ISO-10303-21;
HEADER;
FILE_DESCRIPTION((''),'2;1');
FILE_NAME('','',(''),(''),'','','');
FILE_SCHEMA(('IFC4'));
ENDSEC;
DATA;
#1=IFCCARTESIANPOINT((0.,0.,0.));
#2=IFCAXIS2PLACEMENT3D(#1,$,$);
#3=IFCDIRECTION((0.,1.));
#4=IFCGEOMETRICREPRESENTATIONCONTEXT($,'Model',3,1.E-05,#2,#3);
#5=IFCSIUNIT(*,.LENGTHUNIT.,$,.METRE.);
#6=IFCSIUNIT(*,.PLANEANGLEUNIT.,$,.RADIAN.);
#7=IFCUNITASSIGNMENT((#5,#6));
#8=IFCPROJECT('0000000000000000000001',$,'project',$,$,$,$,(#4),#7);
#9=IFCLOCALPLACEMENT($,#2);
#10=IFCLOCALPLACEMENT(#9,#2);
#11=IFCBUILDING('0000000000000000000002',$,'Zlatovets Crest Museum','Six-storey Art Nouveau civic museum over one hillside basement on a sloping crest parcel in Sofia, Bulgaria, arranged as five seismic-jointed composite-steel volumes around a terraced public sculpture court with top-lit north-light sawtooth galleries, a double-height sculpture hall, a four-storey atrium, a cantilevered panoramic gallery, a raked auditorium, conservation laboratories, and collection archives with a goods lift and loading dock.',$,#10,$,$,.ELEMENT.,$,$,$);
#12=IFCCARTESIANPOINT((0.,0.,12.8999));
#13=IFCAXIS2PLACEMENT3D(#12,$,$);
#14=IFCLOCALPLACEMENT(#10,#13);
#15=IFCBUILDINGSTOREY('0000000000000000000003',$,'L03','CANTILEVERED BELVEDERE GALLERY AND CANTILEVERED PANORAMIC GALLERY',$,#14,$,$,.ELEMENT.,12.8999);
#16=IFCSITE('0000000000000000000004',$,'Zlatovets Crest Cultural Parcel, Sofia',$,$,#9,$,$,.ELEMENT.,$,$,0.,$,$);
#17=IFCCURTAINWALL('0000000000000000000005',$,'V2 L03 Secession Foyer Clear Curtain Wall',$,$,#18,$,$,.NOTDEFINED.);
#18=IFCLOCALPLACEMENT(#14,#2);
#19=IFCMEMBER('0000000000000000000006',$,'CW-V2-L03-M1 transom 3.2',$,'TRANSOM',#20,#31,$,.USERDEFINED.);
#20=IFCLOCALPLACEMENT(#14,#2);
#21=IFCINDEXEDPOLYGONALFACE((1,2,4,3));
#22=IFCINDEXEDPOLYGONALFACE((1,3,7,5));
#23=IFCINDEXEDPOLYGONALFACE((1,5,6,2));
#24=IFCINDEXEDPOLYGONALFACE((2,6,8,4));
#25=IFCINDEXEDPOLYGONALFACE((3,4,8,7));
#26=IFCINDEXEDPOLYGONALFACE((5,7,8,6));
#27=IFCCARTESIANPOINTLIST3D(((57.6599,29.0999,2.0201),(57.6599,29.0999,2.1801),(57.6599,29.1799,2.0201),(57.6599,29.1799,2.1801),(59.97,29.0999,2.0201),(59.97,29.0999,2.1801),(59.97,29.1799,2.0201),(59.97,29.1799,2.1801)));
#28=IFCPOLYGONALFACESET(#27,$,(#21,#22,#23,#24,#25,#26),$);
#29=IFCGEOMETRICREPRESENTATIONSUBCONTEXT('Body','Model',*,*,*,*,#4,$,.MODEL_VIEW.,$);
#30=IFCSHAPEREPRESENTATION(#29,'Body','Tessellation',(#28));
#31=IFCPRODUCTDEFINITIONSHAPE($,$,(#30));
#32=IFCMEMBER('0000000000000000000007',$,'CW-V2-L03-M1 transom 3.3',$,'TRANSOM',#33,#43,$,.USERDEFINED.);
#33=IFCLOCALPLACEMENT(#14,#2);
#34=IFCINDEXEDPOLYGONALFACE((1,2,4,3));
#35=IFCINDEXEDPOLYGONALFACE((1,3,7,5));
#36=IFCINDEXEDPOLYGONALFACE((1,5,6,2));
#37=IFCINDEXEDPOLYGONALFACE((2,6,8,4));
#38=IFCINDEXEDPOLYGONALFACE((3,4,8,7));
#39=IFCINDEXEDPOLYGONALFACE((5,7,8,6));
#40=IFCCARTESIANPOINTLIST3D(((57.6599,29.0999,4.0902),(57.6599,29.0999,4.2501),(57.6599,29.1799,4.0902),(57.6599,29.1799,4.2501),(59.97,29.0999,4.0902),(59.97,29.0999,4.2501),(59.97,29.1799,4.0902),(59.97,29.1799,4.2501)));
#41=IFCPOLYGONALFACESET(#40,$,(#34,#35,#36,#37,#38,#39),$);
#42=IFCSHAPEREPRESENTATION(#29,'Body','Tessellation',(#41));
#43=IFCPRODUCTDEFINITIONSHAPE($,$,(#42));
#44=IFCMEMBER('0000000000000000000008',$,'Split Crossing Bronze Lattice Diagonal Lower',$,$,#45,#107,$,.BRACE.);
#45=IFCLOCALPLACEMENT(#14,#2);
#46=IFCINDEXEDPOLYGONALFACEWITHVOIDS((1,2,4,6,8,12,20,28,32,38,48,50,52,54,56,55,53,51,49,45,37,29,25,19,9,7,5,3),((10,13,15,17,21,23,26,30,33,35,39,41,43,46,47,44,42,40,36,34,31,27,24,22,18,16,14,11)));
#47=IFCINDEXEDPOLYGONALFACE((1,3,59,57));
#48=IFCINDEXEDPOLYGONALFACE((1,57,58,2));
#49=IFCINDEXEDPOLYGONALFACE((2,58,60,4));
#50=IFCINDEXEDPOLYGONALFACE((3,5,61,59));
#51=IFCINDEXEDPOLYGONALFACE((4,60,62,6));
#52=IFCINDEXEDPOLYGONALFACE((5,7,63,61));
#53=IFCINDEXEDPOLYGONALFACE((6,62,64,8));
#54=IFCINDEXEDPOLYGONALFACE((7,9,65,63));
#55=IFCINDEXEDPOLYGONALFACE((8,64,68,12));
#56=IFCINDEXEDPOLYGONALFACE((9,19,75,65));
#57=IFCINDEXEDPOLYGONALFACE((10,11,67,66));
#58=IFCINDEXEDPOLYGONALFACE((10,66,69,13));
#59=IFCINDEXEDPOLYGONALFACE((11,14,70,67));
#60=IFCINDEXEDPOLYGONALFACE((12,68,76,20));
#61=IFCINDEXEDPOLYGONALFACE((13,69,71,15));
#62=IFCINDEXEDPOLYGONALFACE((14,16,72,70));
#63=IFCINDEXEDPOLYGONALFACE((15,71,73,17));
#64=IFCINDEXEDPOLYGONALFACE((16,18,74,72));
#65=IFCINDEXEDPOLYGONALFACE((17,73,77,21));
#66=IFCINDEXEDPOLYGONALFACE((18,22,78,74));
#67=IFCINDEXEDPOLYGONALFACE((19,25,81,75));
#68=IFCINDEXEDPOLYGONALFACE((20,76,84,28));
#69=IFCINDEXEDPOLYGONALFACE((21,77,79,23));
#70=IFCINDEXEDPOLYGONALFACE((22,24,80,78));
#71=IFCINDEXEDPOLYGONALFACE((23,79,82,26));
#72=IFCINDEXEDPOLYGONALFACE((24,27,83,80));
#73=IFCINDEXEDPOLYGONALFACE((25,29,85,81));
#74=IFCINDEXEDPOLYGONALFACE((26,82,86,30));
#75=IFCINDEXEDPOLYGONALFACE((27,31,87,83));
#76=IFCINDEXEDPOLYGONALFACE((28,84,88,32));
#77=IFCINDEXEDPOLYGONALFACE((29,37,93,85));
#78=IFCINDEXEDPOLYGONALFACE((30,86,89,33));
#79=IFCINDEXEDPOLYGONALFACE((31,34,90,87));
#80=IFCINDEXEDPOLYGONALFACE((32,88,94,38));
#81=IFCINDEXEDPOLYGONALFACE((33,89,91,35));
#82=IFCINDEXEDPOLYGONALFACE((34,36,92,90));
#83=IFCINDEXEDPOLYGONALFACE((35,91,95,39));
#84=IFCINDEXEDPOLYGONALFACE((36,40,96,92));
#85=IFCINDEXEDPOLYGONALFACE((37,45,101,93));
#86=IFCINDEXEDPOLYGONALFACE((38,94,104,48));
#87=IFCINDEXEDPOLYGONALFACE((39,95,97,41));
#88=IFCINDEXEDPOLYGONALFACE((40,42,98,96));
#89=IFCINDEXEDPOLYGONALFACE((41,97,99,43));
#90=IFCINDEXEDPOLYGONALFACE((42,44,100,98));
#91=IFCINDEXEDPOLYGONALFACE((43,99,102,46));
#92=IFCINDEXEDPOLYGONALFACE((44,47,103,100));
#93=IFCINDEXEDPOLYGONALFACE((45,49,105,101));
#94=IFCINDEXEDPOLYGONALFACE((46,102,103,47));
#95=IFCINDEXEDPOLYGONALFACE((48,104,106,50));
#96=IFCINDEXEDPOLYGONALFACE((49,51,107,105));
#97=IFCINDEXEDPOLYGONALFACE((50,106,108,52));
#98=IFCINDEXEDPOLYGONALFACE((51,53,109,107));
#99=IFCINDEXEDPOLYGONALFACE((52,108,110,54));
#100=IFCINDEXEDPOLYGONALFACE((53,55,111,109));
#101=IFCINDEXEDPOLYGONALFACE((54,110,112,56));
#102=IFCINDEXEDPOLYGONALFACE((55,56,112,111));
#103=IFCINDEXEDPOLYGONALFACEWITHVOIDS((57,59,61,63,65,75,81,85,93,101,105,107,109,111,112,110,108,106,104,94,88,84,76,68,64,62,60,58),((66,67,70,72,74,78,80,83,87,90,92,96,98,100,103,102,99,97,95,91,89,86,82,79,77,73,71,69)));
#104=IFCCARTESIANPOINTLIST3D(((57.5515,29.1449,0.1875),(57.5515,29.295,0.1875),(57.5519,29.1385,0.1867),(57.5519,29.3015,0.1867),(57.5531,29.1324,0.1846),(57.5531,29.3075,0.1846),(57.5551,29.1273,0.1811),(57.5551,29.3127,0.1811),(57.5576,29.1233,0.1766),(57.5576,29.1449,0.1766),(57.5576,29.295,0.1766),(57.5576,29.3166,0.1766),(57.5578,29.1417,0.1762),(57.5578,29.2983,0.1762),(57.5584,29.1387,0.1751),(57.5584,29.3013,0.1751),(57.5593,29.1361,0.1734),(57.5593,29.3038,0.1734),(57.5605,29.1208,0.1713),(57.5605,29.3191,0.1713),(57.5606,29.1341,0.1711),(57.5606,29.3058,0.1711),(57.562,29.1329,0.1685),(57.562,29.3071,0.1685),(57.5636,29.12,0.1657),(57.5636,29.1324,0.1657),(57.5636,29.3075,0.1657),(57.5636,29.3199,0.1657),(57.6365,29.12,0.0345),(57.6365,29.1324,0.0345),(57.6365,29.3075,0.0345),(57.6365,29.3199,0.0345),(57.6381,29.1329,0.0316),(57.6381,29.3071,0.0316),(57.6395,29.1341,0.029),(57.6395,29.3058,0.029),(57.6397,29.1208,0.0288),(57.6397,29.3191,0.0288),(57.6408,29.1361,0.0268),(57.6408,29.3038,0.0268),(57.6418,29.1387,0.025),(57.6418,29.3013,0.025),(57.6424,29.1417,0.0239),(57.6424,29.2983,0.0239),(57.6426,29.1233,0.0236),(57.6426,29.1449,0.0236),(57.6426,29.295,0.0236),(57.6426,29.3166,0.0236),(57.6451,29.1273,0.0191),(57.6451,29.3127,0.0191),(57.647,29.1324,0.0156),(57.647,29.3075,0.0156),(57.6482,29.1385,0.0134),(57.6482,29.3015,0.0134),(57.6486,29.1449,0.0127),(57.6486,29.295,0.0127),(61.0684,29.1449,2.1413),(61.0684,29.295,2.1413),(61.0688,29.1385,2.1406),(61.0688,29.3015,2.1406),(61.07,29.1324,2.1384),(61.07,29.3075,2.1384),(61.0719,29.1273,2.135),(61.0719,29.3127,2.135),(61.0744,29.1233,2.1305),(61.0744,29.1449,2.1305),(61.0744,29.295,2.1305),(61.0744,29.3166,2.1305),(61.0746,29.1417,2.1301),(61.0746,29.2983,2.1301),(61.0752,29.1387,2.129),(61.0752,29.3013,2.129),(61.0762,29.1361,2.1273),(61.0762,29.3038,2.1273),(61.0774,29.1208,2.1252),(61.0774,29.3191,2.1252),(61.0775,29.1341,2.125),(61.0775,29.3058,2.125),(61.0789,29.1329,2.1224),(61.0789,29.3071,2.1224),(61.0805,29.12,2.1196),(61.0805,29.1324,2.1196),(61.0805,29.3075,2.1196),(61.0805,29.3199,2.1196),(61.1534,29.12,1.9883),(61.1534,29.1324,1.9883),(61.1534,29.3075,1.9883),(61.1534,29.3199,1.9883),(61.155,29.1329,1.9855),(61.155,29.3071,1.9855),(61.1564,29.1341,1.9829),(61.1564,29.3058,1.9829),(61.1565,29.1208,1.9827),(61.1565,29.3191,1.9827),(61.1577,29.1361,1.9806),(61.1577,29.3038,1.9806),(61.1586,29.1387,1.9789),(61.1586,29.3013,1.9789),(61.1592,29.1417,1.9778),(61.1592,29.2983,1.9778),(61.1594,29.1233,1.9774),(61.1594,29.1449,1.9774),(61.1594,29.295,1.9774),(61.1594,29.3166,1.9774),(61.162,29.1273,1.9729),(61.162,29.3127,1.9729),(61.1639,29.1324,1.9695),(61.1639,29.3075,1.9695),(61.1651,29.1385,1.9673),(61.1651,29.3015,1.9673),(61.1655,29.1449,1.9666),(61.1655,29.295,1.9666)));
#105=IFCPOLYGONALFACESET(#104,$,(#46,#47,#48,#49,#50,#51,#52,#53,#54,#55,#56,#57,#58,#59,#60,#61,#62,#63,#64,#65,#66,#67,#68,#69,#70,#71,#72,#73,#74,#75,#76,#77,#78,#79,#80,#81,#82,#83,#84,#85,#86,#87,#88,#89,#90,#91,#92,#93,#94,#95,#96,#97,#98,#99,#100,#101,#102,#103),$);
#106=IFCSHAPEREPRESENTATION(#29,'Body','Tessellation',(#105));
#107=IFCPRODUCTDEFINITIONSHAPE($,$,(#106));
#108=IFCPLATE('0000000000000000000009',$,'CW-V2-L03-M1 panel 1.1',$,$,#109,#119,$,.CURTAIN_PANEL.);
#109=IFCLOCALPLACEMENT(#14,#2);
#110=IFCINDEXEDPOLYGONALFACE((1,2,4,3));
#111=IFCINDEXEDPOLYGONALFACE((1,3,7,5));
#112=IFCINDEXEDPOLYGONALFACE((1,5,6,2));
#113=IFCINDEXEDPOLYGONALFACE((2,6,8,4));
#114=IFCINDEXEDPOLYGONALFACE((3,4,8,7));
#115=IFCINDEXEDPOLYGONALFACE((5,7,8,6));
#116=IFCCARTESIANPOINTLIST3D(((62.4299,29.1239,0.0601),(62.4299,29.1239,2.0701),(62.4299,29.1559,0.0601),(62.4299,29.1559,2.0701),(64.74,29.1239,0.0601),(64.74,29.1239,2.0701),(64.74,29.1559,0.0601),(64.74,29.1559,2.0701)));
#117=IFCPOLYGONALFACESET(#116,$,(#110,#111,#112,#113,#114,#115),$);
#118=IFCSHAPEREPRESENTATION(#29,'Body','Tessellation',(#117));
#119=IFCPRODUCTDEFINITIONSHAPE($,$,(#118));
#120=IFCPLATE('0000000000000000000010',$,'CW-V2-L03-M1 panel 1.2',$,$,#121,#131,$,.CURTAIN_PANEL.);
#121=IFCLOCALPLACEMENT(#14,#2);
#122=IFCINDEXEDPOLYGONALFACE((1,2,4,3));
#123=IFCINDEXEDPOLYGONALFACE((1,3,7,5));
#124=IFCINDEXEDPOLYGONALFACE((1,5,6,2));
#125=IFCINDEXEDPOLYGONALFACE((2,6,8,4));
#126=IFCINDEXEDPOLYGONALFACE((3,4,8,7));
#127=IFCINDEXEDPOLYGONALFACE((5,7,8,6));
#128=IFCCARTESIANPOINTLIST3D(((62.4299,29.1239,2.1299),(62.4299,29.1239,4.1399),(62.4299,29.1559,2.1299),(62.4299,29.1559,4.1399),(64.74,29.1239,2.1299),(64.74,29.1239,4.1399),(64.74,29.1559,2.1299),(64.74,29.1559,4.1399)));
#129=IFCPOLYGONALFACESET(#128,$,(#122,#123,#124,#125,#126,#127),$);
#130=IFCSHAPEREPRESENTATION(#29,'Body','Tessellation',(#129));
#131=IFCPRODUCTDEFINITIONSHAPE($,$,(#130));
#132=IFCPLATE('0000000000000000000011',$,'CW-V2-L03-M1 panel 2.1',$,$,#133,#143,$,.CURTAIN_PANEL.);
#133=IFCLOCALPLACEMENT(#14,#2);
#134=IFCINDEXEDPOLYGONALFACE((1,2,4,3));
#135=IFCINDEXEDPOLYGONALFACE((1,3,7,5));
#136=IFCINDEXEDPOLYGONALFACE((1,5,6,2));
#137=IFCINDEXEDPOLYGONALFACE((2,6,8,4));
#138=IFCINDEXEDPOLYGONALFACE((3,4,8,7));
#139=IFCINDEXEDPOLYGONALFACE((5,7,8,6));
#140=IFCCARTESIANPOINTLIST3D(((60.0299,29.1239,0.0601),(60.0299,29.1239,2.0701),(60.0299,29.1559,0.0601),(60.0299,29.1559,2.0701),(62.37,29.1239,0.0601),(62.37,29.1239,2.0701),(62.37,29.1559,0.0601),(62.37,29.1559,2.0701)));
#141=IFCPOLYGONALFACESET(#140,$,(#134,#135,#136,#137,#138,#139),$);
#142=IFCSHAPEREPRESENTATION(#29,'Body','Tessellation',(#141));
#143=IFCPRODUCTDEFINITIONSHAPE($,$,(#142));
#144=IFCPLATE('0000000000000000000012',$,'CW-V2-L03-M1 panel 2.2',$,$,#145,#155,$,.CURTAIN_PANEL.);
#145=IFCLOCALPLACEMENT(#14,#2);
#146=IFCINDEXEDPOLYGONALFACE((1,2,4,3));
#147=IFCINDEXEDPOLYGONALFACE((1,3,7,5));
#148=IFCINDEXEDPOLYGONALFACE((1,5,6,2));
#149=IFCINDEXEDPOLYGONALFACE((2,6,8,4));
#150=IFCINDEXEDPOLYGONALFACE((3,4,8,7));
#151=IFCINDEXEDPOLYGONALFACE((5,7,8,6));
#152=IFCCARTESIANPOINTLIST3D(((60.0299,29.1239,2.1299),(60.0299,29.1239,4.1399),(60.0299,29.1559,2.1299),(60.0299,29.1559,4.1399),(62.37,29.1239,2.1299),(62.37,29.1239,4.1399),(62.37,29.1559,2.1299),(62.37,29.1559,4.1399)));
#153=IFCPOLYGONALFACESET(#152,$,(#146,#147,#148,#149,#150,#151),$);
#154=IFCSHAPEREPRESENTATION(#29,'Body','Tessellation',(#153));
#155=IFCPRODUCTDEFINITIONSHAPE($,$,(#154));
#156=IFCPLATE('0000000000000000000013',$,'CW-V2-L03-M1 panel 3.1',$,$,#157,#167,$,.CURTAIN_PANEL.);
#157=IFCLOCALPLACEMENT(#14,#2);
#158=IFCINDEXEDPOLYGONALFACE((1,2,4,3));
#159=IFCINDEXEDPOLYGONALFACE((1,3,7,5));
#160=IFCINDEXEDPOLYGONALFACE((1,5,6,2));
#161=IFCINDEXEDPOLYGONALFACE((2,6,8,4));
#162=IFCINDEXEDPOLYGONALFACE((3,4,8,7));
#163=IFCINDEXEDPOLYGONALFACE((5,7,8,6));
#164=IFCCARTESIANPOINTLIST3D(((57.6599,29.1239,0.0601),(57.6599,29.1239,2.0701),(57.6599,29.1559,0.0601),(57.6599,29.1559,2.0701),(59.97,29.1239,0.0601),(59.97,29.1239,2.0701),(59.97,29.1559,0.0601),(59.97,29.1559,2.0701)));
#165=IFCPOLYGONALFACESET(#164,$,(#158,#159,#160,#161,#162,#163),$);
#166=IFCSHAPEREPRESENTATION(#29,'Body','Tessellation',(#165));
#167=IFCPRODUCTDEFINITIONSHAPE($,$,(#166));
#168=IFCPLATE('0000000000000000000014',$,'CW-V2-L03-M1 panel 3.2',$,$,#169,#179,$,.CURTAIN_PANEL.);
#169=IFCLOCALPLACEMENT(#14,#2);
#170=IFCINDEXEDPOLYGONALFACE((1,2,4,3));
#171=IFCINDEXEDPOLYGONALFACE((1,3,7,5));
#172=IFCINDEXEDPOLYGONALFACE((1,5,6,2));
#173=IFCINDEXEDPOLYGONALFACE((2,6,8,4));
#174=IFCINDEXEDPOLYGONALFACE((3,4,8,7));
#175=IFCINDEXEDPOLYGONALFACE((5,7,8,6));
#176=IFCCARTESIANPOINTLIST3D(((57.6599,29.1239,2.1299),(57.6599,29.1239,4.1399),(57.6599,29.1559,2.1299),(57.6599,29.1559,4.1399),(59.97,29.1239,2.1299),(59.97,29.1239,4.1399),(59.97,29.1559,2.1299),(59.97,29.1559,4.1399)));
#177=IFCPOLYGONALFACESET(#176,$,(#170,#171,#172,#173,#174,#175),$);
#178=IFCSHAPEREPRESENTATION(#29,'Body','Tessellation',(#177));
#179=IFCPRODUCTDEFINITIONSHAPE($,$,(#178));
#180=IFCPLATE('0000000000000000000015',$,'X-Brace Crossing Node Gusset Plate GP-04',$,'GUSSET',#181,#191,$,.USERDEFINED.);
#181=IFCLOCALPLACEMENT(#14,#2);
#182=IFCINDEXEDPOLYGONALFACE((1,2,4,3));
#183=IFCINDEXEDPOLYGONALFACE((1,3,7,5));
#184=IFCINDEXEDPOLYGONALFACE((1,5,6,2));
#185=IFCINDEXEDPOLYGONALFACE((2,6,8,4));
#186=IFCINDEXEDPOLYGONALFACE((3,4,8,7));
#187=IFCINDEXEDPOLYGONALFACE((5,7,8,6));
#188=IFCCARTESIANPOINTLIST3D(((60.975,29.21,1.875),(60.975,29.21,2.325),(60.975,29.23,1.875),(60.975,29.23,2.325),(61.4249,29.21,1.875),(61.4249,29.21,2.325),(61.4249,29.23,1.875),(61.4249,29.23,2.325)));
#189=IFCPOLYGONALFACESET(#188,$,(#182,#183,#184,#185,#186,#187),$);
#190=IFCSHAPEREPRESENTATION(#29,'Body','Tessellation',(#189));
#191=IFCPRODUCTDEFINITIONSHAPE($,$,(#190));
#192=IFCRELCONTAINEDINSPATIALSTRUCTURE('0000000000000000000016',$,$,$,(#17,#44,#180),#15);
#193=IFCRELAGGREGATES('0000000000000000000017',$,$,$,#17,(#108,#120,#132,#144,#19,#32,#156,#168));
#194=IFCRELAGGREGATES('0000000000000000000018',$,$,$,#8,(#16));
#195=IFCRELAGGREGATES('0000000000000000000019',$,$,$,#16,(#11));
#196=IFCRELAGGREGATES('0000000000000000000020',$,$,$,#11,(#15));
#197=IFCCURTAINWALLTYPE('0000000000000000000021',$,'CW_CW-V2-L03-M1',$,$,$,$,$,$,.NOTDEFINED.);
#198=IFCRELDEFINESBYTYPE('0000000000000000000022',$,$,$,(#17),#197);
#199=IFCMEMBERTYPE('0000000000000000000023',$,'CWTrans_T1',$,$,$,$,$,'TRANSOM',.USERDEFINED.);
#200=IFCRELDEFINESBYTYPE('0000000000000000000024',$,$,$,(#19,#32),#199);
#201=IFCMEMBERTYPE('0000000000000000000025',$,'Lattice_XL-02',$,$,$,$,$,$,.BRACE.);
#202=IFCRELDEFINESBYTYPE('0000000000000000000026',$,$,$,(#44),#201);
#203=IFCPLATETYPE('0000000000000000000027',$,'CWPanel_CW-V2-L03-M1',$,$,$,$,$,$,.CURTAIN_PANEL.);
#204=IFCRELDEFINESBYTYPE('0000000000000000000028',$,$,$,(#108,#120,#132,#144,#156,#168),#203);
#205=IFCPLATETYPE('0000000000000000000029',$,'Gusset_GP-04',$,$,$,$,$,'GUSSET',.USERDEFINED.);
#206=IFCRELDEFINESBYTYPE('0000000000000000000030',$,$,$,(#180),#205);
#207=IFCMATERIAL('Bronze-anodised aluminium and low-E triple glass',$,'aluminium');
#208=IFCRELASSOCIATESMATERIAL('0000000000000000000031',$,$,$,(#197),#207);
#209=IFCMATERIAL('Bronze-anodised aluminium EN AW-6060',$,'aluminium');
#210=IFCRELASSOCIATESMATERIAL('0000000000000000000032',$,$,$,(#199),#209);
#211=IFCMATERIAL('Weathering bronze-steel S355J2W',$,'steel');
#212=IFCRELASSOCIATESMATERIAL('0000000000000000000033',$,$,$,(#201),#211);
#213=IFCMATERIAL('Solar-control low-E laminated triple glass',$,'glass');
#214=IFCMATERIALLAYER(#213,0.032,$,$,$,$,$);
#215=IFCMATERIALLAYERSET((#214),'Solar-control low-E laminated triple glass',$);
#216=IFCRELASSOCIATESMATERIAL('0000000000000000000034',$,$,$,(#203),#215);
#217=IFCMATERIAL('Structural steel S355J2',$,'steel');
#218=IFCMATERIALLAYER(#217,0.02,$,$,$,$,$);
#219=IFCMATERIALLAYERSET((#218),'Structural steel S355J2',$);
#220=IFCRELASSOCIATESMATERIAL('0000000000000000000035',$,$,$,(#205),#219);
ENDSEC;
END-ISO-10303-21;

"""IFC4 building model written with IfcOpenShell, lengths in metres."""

from ifc_helpers import new_model, si_unit, direction, frame, origin, origin_2d, place, context, subcontext, project, spatial, rectangle, hollow_rectangle, extrude, material, layer, layer_set, material_profile, profile_set, type_object, element, aggregate, save


model = new_model("IFC4")

# Units and contexts
model_context = context("Model", 3, precision=1e-05, world=origin(), true_north=direction((0.0, 1.0)))
body_context = subcontext(model_context, "Body", "Model", "MODEL_VIEW")
ifc_project = project(units=[si_unit("LENGTHUNIT", "METRE"), si_unit("PLANEANGLEUNIT", "RADIAN")], contexts=[model_context])

# Site, building, storey
site_placement = place(None, origin())
site = spatial("IfcSite", under=ifc_project, at=site_placement, Name="Zlatovets Crest Cultural Parcel, Sofia", CompositionType="ELEMENT", RefElevation=0.0)
building_placement = place(site_placement, origin())
building = spatial("IfcBuilding", under=site, at=building_placement, Name="Zlatovets Crest Museum", Description="Six-storey Art Nouveau civic museum over one hillside basement on a sloping crest parcel in Sofia, Bulgaria, arranged as five seismic-jointed composite-steel volumes around a terraced public sculpture court with top-lit north-light sawtooth galleries, a double-height sculpture hall, a four-storey atrium, a cantilevered panoramic gallery, a raked auditorium, conservation laboratories, and collection archives with a goods lift and loading dock.", CompositionType="ELEMENT")
storey_placement = place(building_placement, frame((0.0, 0.0, 12.8999)))
storey = spatial("IfcBuildingStorey", under=building, at=storey_placement, Name="L03", Description="CANTILEVERED BELVEDERE GALLERY AND CANTILEVERED PANORAMIC GALLERY", CompositionType="ELEMENT", Elevation=12.8999)

# Shared definitions
ifc_material_1 = material(Name="Structural steel S355J2", Category="steel")

# Curtain wall, members
ifc_material_2 = material(Name="Bronze-anodised aluminium and low-E triple glass", Category="aluminium")
curtain_wall_type = type_object("IfcCurtainWallType", Name="CW_CW-V2-L03-M1", PredefinedType="NOTDEFINED", material=ifc_material_2)
curtain_wall_placement = place(storey_placement, origin())
curtain_wall = element("IfcCurtainWall", 1, at=curtain_wall_placement, inside=storey, type_object=curtain_wall_type, Name="V2 L03 Secession Foyer Clear Curtain Wall", PredefinedType="NOTDEFINED")
ifc_material_3 = material(Name="Bronze-anodised aluminium EN AW-6060", Category="aluminium")
ifc_material_profile_1 = material_profile(ifc_material_3, rectangle(XDim=0.0801, YDim=0.1599, at=origin_2d()), Name="ALU 80x160")
ifc_profile_set_1 = profile_set([ifc_material_profile_1], Name="Bronze-anodised aluminium EN AW-6060")
member_type_1 = type_object("IfcMemberType", Name="CWTrans_T1", ElementType="TRANSOM", PredefinedType="USERDEFINED", material=ifc_profile_set_1)
member_1_placement = place(storey_placement, frame((59.97, 29.1399, 2.1001), z_axis=(-1.0, 0.0, 0.0), x_axis=(0.0, -1.0, 0.0)))
member_1 = element("IfcMember", 2, at=member_1_placement, type_object=member_type_1, Name="CW-V2-L03-M1 transom 3.2", ObjectType="TRANSOM", PredefinedType="USERDEFINED", context=body_context, shape_type="SweptSolid", body=[
    extrude(rectangle(XDim=0.0801, YDim=0.1599, at=origin_2d()), origin(), (0.0, 0.0, 1.0), 2.3101),
])
member_2_placement = place(storey_placement, frame((59.97, 29.1399, 4.1702), z_axis=(-1.0, 0.0, 0.0), x_axis=(0.0, -1.0, 0.0)))
member_2 = element("IfcMember", 3, at=member_2_placement, type_object=member_type_1, Name="CW-V2-L03-M1 transom 3.3", ObjectType="TRANSOM", PredefinedType="USERDEFINED", context=body_context, shape_type="SweptSolid", body=[
    extrude(rectangle(XDim=0.0801, YDim=0.1599, at=origin_2d()), origin(), (0.0, 0.0, 1.0), 2.3101),
])

# Member
ifc_material_4 = material(Name="Weathering bronze-steel S355J2W", Category="steel")
ifc_material_profile_2 = material_profile(ifc_material_4, hollow_rectangle(XDim=0.2, YDim=0.2, WallThickness=0.0125, InnerFilletRadius=0.0125, OuterFilletRadius=0.0249, at=origin_2d()), Name="SHS 200x200x12.5")
ifc_profile_set_2 = profile_set([ifc_material_profile_2], Name="Weathering bronze-steel S355J2W")
member_type_2 = type_object("IfcMemberType", Name="Lattice_XL-02", PredefinedType="BRACE", material=ifc_profile_set_2)
member_3_placement = place(storey_placement, frame((61.1169, 29.22, 2.054), z_axis=(-0.874152, 0.0, -0.485653), x_axis=(0.0, -1.0, 0.0)))
element("IfcMember", 4, at=member_3_placement, inside=storey, type_object=member_type_2, Name="Split Crossing Bronze Lattice Diagonal Lower", PredefinedType="BRACE", context=body_context, shape_type="SweptSolid", body=[
    extrude(hollow_rectangle(XDim=0.2, YDim=0.2, WallThickness=0.0125, InnerFilletRadius=0.0125, OuterFilletRadius=0.0249, at=origin_2d()), origin(), (0.0, 0.0, 1.0), 4.0232),
])

# Plates
ifc_material_5 = material(Name="Solar-control low-E laminated triple glass", Category="glass")
ifc_layer_1 = layer(ifc_material_5, 0.032)
ifc_layer_set_1 = layer_set([ifc_layer_1], Name="Solar-control low-E laminated triple glass")
plate_type_1 = type_object("IfcPlateType", Name="CWPanel_CW-V2-L03-M1", PredefinedType="CURTAIN_PANEL", material=ifc_layer_set_1)
plate_1_placement = place(storey_placement, frame((63.585, 29.1399, 0.0601), z_axis=(0.0, 0.0, 1.0), x_axis=(-1.0, 0.0, 0.0)))
plate_1 = element("IfcPlate", 5, at=plate_1_placement, type_object=plate_type_1, Name="CW-V2-L03-M1 panel 1.1", PredefinedType="CURTAIN_PANEL", context=body_context, shape_type="SweptSolid", body=[
    extrude(rectangle(XDim=2.3101, YDim=0.032, at=origin_2d()), origin(), (0.0, 0.0, 1.0), 2.01),
])
plate_2_placement = place(storey_placement, frame((63.585, 29.1399, 2.1299), z_axis=(0.0, 0.0, 1.0), x_axis=(-1.0, 0.0, 0.0)))
plate_2 = element("IfcPlate", 6, at=plate_2_placement, type_object=plate_type_1, Name="CW-V2-L03-M1 panel 1.2", PredefinedType="CURTAIN_PANEL", context=body_context, shape_type="SweptSolid", body=[
    extrude(rectangle(XDim=2.3101, YDim=0.032, at=origin_2d()), origin(), (0.0, 0.0, 1.0), 2.01),
])
plate_3_placement = place(storey_placement, frame((61.2, 29.1399, 0.0601), z_axis=(0.0, 0.0, 1.0), x_axis=(-1.0, 0.0, 0.0)))
plate_3 = element("IfcPlate", 7, at=plate_3_placement, type_object=plate_type_1, Name="CW-V2-L03-M1 panel 2.1", PredefinedType="CURTAIN_PANEL", context=body_context, shape_type="SweptSolid", body=[
    extrude(rectangle(XDim=2.3401, YDim=0.032, at=origin_2d()), origin(), (0.0, 0.0, 1.0), 2.01),
])
plate_4_placement = place(storey_placement, frame((61.2, 29.1399, 2.1299), z_axis=(0.0, 0.0, 1.0), x_axis=(-1.0, 0.0, 0.0)))
plate_4 = element("IfcPlate", 8, at=plate_4_placement, type_object=plate_type_1, Name="CW-V2-L03-M1 panel 2.2", PredefinedType="CURTAIN_PANEL", context=body_context, shape_type="SweptSolid", body=[
    extrude(rectangle(XDim=2.3401, YDim=0.032, at=origin_2d()), origin(), (0.0, 0.0, 1.0), 2.01),
])
plate_5_placement = place(storey_placement, frame((58.8149, 29.1399, 0.0601), z_axis=(0.0, 0.0, 1.0), x_axis=(-1.0, 0.0, 0.0)))
plate_5 = element("IfcPlate", 9, at=plate_5_placement, type_object=plate_type_1, Name="CW-V2-L03-M1 panel 3.1", PredefinedType="CURTAIN_PANEL", context=body_context, shape_type="SweptSolid", body=[
    extrude(rectangle(XDim=2.3101, YDim=0.032, at=origin_2d()), origin(), (0.0, 0.0, 1.0), 2.01),
])
plate_6_placement = place(storey_placement, frame((58.8149, 29.1399, 2.1299), z_axis=(0.0, 0.0, 1.0), x_axis=(-1.0, 0.0, 0.0)))
plate_6 = element("IfcPlate", 10, at=plate_6_placement, type_object=plate_type_1, Name="CW-V2-L03-M1 panel 3.2", PredefinedType="CURTAIN_PANEL", context=body_context, shape_type="SweptSolid", body=[
    extrude(rectangle(XDim=2.3101, YDim=0.032, at=origin_2d()), origin(), (0.0, 0.0, 1.0), 2.01),
])
aggregate(curtain_wall, [plate_1, plate_2, plate_3, plate_4, member_1, member_2, plate_5, plate_6])
ifc_layer_2 = layer(ifc_material_1, 0.02)
ifc_layer_set_2 = layer_set([ifc_layer_2], Name="Structural steel S355J2")
plate_type_2 = type_object("IfcPlateType", Name="Gusset_GP-04", ElementType="GUSSET", PredefinedType="USERDEFINED", material=ifc_layer_set_2)
plate_7_placement = place(storey_placement, frame((61.2, 29.22, 1.875), z_axis=(0.0, 0.0, 1.0), x_axis=(1.0, 0.0, 0.0)))
element("IfcPlate", 11, at=plate_7_placement, inside=storey, type_object=plate_type_2, Name="X-Brace Crossing Node Gusset Plate GP-04", ObjectType="GUSSET", PredefinedType="USERDEFINED", context=body_context, shape_type="SweptSolid", body=[
    extrude(rectangle(XDim=0.45, YDim=0.02, at=origin_2d()), origin(), (0.0, 0.0, 1.0), 0.45),
])

save(model, "model.ifc")
